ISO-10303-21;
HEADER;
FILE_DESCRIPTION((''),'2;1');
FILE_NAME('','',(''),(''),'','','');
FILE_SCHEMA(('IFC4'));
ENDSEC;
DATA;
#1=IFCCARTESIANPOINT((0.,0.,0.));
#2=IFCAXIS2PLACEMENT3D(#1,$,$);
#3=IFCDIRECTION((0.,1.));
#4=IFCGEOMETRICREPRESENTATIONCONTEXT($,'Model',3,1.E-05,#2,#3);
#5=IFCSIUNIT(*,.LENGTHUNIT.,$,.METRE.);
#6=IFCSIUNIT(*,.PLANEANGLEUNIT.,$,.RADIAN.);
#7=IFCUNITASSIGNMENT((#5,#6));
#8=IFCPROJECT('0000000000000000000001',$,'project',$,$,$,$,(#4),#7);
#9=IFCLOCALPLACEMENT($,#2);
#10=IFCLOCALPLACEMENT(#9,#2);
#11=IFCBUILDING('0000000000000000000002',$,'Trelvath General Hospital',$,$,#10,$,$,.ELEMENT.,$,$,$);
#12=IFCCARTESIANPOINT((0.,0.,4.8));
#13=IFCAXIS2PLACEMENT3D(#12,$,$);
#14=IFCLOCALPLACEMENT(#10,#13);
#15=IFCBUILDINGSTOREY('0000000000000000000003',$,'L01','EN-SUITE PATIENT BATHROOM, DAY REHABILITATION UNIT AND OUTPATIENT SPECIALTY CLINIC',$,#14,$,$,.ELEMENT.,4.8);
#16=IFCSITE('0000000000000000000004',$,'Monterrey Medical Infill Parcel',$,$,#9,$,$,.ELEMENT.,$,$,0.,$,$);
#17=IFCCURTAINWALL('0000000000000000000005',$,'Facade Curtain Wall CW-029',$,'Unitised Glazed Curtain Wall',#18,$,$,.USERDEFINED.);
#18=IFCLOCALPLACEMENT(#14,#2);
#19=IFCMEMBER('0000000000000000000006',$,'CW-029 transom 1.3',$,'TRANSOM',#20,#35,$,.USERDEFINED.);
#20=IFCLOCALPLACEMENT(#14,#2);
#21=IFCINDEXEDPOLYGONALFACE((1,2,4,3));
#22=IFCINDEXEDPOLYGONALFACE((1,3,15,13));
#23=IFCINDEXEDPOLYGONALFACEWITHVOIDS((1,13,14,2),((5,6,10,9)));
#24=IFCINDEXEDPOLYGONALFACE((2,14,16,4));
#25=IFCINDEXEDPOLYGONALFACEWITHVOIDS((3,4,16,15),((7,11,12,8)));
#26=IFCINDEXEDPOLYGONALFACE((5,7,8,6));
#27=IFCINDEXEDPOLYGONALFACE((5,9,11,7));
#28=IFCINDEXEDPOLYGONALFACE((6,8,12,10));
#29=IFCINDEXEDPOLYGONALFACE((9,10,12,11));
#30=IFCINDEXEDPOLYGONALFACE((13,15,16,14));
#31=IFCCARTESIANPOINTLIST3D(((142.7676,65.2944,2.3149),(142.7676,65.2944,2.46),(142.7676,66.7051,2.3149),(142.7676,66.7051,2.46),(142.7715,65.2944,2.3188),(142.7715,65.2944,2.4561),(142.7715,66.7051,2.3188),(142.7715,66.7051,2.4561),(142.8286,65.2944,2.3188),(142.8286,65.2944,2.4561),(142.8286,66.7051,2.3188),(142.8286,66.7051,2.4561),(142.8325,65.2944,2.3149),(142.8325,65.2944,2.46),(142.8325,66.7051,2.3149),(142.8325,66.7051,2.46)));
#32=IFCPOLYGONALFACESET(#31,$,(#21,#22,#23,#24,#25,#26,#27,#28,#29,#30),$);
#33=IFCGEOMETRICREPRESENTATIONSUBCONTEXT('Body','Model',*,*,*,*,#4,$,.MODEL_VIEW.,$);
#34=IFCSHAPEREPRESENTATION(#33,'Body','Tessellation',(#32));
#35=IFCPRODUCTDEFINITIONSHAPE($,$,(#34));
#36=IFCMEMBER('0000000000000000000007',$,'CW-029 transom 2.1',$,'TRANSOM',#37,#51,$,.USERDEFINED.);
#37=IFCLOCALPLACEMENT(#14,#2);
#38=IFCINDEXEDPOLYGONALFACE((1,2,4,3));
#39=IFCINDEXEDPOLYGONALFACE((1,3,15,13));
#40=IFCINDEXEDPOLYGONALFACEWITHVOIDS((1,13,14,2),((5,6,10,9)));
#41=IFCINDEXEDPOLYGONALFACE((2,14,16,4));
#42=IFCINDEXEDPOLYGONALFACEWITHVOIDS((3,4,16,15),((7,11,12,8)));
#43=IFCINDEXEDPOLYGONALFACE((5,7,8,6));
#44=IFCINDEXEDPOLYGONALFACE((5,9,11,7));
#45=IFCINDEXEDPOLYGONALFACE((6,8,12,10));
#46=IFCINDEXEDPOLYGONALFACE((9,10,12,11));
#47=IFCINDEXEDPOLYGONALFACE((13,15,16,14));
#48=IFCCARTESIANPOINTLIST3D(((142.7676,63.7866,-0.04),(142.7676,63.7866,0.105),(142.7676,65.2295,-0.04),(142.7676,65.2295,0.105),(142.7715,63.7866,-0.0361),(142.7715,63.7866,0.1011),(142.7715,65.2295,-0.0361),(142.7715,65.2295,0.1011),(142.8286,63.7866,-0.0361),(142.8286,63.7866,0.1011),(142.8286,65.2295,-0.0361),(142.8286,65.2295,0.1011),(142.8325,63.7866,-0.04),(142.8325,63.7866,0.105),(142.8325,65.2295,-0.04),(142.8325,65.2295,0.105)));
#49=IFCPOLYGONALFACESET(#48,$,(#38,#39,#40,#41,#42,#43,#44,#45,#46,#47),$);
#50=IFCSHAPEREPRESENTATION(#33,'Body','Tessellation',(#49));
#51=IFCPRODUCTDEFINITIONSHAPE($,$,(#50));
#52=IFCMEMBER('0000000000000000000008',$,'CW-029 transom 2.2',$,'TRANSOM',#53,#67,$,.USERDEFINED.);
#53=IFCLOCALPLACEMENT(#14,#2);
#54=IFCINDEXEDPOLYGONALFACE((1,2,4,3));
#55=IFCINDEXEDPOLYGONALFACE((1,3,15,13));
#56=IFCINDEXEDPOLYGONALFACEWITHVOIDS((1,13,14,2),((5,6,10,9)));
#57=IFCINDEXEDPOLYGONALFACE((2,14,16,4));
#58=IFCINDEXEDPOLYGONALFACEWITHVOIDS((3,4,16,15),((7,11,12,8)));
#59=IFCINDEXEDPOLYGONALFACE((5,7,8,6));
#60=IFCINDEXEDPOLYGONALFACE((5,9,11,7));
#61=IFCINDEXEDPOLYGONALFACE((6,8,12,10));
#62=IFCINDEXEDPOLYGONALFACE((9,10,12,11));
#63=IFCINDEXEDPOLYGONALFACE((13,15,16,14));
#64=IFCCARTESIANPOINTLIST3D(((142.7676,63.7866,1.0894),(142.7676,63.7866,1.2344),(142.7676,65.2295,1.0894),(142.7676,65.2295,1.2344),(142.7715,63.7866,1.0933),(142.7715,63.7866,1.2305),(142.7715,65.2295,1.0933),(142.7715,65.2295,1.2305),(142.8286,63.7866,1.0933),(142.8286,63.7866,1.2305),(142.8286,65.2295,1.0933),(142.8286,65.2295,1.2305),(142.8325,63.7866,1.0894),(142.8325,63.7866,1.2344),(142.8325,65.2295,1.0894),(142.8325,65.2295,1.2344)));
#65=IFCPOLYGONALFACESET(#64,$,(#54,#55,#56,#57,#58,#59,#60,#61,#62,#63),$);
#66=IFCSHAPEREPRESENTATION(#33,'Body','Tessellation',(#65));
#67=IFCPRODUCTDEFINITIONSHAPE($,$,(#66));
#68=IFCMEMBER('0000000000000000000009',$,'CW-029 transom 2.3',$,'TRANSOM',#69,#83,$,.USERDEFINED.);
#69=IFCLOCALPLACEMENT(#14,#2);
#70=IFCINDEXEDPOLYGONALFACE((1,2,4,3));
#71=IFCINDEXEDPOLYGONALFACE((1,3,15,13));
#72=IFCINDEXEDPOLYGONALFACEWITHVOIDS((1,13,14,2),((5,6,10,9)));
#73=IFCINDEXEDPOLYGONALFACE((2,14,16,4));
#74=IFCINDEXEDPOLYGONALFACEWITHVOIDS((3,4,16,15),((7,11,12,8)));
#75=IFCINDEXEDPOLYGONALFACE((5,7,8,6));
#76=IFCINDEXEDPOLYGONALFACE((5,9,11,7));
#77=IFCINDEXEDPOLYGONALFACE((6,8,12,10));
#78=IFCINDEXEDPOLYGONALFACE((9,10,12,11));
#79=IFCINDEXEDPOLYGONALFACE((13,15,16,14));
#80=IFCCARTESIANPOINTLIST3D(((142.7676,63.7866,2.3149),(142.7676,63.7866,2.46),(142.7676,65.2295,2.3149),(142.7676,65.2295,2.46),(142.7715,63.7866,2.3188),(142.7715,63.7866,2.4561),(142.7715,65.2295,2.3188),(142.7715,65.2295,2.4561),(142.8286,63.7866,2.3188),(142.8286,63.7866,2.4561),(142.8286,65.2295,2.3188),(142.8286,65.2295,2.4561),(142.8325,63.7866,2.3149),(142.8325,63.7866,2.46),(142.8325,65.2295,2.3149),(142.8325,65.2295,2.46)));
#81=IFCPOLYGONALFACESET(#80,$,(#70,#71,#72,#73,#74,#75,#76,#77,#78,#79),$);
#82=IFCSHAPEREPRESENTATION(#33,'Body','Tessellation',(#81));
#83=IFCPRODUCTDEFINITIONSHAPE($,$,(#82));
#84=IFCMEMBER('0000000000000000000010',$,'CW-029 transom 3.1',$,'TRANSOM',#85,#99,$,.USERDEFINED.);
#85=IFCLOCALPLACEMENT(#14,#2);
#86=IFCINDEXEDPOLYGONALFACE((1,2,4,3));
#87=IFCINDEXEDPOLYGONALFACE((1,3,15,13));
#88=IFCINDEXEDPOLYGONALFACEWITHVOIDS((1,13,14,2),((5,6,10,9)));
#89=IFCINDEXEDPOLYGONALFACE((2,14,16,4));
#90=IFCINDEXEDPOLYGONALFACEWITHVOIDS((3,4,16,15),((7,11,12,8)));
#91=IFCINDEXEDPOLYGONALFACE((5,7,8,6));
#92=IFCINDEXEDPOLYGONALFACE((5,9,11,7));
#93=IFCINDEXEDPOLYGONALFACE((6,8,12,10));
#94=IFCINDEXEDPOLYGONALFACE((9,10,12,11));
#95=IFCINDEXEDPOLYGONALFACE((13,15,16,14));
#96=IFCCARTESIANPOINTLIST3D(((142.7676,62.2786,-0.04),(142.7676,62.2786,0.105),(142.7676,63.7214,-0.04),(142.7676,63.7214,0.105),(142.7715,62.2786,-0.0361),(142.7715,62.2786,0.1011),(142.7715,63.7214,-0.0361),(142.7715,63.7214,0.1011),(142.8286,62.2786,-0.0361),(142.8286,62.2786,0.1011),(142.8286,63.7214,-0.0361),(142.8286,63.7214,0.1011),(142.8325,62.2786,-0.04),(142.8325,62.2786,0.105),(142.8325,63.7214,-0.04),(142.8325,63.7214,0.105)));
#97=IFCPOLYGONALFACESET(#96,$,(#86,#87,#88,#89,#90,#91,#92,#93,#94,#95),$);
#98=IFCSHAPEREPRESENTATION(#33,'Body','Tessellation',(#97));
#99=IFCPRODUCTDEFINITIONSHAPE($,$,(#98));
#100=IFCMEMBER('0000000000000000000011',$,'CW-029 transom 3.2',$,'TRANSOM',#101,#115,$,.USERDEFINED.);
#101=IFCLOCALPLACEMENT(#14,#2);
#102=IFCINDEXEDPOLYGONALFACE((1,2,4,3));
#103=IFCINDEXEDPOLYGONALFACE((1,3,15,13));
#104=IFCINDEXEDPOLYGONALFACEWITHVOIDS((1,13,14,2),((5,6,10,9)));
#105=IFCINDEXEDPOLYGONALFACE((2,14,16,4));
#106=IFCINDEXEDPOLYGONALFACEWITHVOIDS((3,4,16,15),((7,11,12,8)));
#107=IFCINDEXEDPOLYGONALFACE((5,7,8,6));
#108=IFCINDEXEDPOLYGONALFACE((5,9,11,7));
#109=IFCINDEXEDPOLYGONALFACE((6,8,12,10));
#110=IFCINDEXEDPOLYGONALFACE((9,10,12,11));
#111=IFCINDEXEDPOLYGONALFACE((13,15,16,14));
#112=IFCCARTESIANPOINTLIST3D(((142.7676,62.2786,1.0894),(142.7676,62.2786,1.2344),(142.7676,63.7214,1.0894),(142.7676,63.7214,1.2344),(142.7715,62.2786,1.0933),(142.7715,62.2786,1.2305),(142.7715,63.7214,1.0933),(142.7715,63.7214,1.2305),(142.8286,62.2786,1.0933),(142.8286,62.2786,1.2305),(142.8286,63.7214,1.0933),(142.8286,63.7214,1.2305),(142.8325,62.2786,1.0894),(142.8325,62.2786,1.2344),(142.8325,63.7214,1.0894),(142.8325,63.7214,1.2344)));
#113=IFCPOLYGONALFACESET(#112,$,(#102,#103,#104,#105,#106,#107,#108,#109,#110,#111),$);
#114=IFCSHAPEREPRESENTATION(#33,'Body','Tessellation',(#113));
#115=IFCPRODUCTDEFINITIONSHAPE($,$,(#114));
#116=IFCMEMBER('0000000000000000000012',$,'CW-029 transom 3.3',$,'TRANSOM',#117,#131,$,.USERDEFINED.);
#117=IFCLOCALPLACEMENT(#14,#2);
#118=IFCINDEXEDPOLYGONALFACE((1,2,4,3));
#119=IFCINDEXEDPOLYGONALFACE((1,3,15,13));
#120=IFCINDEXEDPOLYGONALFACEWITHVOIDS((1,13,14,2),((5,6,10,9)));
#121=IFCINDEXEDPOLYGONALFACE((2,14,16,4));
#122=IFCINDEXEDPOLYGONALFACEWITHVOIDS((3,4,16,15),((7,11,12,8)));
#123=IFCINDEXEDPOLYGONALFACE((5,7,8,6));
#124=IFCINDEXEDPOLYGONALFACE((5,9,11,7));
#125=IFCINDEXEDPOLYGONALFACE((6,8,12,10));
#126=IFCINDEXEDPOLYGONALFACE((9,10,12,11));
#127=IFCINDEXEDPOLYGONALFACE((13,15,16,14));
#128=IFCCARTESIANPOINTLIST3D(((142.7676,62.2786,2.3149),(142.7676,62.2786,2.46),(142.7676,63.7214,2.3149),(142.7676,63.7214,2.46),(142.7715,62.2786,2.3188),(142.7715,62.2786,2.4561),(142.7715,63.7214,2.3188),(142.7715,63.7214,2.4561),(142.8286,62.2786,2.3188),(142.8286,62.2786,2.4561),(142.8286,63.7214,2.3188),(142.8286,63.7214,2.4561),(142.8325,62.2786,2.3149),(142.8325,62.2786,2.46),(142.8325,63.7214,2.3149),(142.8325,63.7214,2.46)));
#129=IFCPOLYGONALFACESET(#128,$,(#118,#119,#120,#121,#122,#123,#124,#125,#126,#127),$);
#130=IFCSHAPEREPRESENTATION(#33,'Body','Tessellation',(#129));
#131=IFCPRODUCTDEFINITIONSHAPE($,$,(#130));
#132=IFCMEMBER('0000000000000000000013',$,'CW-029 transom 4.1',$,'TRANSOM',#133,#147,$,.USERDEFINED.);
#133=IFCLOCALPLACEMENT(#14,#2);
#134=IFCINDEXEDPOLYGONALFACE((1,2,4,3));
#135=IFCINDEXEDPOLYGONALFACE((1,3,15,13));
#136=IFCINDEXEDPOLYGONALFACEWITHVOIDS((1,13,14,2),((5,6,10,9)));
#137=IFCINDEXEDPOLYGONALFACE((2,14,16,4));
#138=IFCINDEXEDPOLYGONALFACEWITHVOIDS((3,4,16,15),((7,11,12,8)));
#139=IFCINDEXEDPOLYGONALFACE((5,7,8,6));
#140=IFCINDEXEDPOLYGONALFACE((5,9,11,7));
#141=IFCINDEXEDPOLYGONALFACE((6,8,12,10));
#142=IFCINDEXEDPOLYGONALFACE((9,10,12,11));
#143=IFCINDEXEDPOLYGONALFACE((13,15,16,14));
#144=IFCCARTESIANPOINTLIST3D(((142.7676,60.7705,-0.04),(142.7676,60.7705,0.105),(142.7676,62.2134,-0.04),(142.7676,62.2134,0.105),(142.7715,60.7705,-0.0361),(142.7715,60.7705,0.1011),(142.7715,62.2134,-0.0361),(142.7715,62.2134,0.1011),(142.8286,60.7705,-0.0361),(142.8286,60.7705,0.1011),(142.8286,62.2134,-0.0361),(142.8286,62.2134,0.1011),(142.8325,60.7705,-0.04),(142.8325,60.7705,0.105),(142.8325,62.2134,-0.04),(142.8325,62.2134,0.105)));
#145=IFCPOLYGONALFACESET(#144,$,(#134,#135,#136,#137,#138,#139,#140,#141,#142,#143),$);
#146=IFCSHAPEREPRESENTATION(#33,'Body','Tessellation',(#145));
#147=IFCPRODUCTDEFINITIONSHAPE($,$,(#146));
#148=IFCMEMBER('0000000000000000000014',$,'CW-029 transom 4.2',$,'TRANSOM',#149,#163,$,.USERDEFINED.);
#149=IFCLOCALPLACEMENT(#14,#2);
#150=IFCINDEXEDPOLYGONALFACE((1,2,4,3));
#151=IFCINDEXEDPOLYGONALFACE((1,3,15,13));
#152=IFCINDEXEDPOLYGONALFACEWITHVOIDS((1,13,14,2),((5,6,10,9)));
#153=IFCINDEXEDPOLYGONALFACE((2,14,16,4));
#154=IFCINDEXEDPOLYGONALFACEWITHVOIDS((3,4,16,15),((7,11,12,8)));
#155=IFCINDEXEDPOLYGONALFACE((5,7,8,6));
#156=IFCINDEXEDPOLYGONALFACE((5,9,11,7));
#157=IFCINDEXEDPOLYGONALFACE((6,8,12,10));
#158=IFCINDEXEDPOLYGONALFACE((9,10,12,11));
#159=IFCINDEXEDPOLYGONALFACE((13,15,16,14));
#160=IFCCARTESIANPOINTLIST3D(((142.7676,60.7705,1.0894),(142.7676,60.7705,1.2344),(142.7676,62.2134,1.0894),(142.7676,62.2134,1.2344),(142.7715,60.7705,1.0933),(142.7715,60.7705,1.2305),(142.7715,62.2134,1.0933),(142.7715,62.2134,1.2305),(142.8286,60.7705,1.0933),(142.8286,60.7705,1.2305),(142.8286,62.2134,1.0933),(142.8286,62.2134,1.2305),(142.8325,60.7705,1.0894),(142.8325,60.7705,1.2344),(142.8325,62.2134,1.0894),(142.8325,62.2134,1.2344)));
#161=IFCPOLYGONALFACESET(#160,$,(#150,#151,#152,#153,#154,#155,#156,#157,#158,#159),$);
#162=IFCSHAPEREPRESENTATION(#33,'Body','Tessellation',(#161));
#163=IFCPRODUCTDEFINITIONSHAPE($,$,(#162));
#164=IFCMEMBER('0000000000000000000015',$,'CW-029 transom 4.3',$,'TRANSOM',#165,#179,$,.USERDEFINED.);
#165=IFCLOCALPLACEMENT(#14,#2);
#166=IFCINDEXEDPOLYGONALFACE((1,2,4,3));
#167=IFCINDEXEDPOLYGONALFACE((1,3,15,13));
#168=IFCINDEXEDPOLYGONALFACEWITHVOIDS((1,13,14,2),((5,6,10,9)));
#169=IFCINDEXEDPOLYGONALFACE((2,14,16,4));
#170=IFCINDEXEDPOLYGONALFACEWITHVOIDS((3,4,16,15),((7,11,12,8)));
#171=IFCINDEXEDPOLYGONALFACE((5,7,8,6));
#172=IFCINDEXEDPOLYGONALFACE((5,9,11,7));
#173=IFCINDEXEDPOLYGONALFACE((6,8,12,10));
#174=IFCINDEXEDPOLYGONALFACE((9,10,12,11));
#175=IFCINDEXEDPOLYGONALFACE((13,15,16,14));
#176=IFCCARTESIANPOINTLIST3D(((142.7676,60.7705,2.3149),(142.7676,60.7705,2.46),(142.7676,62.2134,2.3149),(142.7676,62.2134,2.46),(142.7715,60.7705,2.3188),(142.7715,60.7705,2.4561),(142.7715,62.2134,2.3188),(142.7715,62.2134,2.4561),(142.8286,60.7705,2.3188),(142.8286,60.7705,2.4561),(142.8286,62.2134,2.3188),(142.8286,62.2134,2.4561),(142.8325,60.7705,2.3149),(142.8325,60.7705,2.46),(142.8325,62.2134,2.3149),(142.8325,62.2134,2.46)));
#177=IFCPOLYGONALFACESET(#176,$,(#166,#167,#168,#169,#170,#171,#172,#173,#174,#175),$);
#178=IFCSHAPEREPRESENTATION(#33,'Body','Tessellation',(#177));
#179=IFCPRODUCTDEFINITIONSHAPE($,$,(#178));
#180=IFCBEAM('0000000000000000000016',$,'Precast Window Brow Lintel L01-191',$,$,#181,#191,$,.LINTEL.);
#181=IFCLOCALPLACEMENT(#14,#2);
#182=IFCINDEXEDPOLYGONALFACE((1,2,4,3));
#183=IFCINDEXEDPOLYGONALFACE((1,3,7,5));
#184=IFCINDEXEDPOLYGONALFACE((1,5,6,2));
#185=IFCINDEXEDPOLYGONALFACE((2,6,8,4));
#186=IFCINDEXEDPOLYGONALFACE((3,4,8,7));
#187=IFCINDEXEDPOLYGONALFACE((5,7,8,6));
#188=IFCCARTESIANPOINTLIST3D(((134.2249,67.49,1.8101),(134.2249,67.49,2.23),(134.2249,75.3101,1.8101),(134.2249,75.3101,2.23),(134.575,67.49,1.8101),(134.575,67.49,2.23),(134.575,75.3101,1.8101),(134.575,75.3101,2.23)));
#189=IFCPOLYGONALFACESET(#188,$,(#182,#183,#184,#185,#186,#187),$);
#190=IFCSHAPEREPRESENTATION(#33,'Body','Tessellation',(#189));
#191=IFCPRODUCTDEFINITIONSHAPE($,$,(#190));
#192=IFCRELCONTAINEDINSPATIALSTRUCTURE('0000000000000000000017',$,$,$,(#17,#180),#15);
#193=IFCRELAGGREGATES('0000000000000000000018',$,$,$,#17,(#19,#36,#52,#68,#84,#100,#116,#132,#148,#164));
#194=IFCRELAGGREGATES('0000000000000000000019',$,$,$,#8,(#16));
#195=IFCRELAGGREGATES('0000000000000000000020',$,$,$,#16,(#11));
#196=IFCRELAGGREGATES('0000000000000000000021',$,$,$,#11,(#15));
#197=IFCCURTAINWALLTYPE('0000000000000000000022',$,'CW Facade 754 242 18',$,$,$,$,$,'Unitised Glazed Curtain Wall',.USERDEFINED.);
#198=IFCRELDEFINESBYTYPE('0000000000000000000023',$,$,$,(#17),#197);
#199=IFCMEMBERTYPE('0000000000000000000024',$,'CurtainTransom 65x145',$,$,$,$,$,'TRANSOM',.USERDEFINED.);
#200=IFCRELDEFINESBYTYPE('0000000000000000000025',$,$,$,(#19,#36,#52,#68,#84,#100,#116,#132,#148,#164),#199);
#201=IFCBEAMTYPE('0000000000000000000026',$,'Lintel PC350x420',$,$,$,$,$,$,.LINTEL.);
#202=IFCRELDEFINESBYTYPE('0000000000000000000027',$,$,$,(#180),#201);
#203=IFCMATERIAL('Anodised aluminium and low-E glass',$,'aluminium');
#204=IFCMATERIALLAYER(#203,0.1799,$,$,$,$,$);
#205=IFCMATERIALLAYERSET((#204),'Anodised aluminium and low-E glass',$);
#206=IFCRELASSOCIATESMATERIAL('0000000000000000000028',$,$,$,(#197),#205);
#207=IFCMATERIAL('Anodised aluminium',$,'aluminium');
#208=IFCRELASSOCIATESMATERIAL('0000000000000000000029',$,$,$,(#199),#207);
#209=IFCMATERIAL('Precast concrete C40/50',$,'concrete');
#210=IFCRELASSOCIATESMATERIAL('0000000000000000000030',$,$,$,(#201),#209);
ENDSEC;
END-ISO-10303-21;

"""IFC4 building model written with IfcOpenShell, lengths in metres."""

from ifc_helpers import new_model, si_unit, direction, frame, origin, origin_2d, place, context, subcontext, project, spatial, rectangle, hollow_rectangle, extrude, material, layer, layer_set, material_profile, profile_set, type_object, element, aggregate, save


model = new_model("IFC4")

# Units and contexts
model_context = context("Model", 3, precision=1e-05, world=origin(), true_north=direction((0.0, 1.0)))
body_context = subcontext(model_context, "Body", "Model", "MODEL_VIEW")
ifc_project = project(units=[si_unit("LENGTHUNIT", "METRE"), si_unit("PLANEANGLEUNIT", "RADIAN")], contexts=[model_context])

# Site, building, storey
site_placement = place(None, origin())
site = spatial("IfcSite", under=ifc_project, at=site_placement, Name="Monterrey Medical Infill Parcel", CompositionType="ELEMENT", RefElevation=0.0)
building_placement = place(site_placement, origin())
building = spatial("IfcBuilding", under=site, at=building_placement, Name="Trelvath General Hospital", CompositionType="ELEMENT")
storey_placement = place(building_placement, frame((0.0, 0.0, 4.8)))
storey = spatial("IfcBuildingStorey", under=building, at=storey_placement, Name="L01", Description="EN-SUITE PATIENT BATHROOM, DAY REHABILITATION UNIT AND OUTPATIENT SPECIALTY CLINIC", CompositionType="ELEMENT", Elevation=4.8)

# Curtain wall, members
ifc_material_1 = material(Name="Anodised aluminium and low-E glass", Category="aluminium")
ifc_layer_1 = layer(ifc_material_1, 0.1799)
ifc_layer_set_1 = layer_set([ifc_layer_1], Name="Anodised aluminium and low-E glass")
curtain_wall_type = type_object("IfcCurtainWallType", Name="CW Facade 754 242 18", ElementType="Unitised Glazed Curtain Wall", PredefinedType="USERDEFINED", material=ifc_layer_set_1)
curtain_wall_placement = place(storey_placement, origin())
curtain_wall = element("IfcCurtainWall", 1, at=curtain_wall_placement, inside=storey, type_object=curtain_wall_type, Name="Facade Curtain Wall CW-029", ObjectType="Unitised Glazed Curtain Wall", PredefinedType="USERDEFINED")
ifc_material_2 = material(Name="Anodised aluminium", Category="aluminium")
ifc_material_profile_1 = material_profile(ifc_material_2, hollow_rectangle(XDim=0.0649, YDim=0.145, WallThickness=0.0039, at=origin_2d()), Name="RHS65x145x4")
ifc_profile_set_1 = profile_set([ifc_material_profile_1], Name="Anodised aluminium")
member_type_1 = type_object("IfcMemberType", Name="CurtainTransom 65x145", ElementType="TRANSOM", PredefinedType="USERDEFINED", material=ifc_profile_set_1)
member_1_placement = place(storey_placement, frame((142.8, 66.7051, 2.3875), z_axis=(0.0, -1.0, 0.0), x_axis=(1.0, 0.0, 0.0)))
member_1 = element("IfcMember", 2, at=member_1_placement, type_object=member_type_1, Name="CW-029 transom 1.3", ObjectType="TRANSOM", PredefinedType="USERDEFINED", context=body_context, shape_type="SweptSolid", body=[
    extrude(hollow_rectangle(XDim=0.0649, YDim=0.145, WallThickness=0.0039, at=origin_2d()), origin(), (0.0, 0.0, 1.0), 1.4106),
])
member_2_placement = place(storey_placement, frame((142.8, 65.2295, 0.0325), z_axis=(0.0, -1.0, 0.0), x_axis=(1.0, 0.0, 0.0)))
member_2 = element("IfcMember", 3, at=member_2_placement, type_object=member_type_1, Name="CW-029 transom 2.1", ObjectType="TRANSOM", PredefinedType="USERDEFINED", context=body_context, shape_type="SweptSolid", body=[
    extrude(hollow_rectangle(XDim=0.0649, YDim=0.145, WallThickness=0.0039, at=origin_2d()), origin(), (0.0, 0.0, 1.0), 1.4429),
])
member_3_placement = place(storey_placement, frame((142.8, 65.2295, 1.1619), z_axis=(0.0, -1.0, 0.0), x_axis=(1.0, 0.0, 0.0)))
member_3 = element("IfcMember", 4, at=member_3_placement, type_object=member_type_1, Name="CW-029 transom 2.2", ObjectType="TRANSOM", PredefinedType="USERDEFINED", context=body_context, shape_type="SweptSolid", body=[
    extrude(hollow_rectangle(XDim=0.0649, YDim=0.145, WallThickness=0.0039, at=origin_2d()), origin(), (0.0, 0.0, 1.0), 1.4429),
])
member_4_placement = place(storey_placement, frame((142.8, 65.2295, 2.3875), z_axis=(0.0, -1.0, 0.0), x_axis=(1.0, 0.0, 0.0)))
member_4 = element("IfcMember", 5, at=member_4_placement, type_object=member_type_1, Name="CW-029 transom 2.3", ObjectType="TRANSOM", PredefinedType="USERDEFINED", context=body_context, shape_type="SweptSolid", body=[
    extrude(hollow_rectangle(XDim=0.0649, YDim=0.145, WallThickness=0.0039, at=origin_2d()), origin(), (0.0, 0.0, 1.0), 1.4429),
])
member_5_placement = place(storey_placement, frame((142.8, 63.7214, 0.0325), z_axis=(0.0, -1.0, 0.0), x_axis=(1.0, 0.0, 0.0)))
member_5 = element("IfcMember", 6, at=member_5_placement, type_object=member_type_1, Name="CW-029 transom 3.1", ObjectType="TRANSOM", PredefinedType="USERDEFINED", context=body_context, shape_type="SweptSolid", body=[
    extrude(hollow_rectangle(XDim=0.0649, YDim=0.145, WallThickness=0.0039, at=origin_2d()), origin(), (0.0, 0.0, 1.0), 1.4429),
])
member_6_placement = place(storey_placement, frame((142.8, 63.7214, 1.1619), z_axis=(0.0, -1.0, 0.0), x_axis=(1.0, 0.0, 0.0)))
member_6 = element("IfcMember", 7, at=member_6_placement, type_object=member_type_1, Name="CW-029 transom 3.2", ObjectType="TRANSOM", PredefinedType="USERDEFINED", context=body_context, shape_type="SweptSolid", body=[
    extrude(hollow_rectangle(XDim=0.0649, YDim=0.145, WallThickness=0.0039, at=origin_2d()), origin(), (0.0, 0.0, 1.0), 1.4429),
])
member_7_placement = place(storey_placement, frame((142.8, 63.7214, 2.3875), z_axis=(0.0, -1.0, 0.0), x_axis=(1.0, 0.0, 0.0)))
member_7 = element("IfcMember", 8, at=member_7_placement, type_object=member_type_1, Name="CW-029 transom 3.3", ObjectType="TRANSOM", PredefinedType="USERDEFINED", context=body_context, shape_type="SweptSolid", body=[
    extrude(hollow_rectangle(XDim=0.0649, YDim=0.145, WallThickness=0.0039, at=origin_2d()), origin(), (0.0, 0.0, 1.0), 1.4429),
])
member_8_placement = place(storey_placement, frame((142.8, 62.2134, 0.0325), z_axis=(0.0, -1.0, 0.0), x_axis=(1.0, 0.0, 0.0)))
member_8 = element("IfcMember", 9, at=member_8_placement, type_object=member_type_1, Name="CW-029 transom 4.1", ObjectType="TRANSOM", PredefinedType="USERDEFINED", context=body_context, shape_type="SweptSolid", body=[
    extrude(hollow_rectangle(XDim=0.0649, YDim=0.145, WallThickness=0.0039, at=origin_2d()), origin(), (0.0, 0.0, 1.0), 1.4429),
])
member_9_placement = place(storey_placement, frame((142.8, 62.2134, 1.1619), z_axis=(0.0, -1.0, 0.0), x_axis=(1.0, 0.0, 0.0)))
member_9 = element("IfcMember", 10, at=member_9_placement, type_object=member_type_1, Name="CW-029 transom 4.2", ObjectType="TRANSOM", PredefinedType="USERDEFINED", context=body_context, shape_type="SweptSolid", body=[
    extrude(hollow_rectangle(XDim=0.0649, YDim=0.145, WallThickness=0.0039, at=origin_2d()), origin(), (0.0, 0.0, 1.0), 1.4429),
])
member_10_placement = place(storey_placement, frame((142.8, 62.2134, 2.3875), z_axis=(0.0, -1.0, 0.0), x_axis=(1.0, 0.0, 0.0)))
member_10 = element("IfcMember", 11, at=member_10_placement, type_object=member_type_1, Name="CW-029 transom 4.3", ObjectType="TRANSOM", PredefinedType="USERDEFINED", context=body_context, shape_type="SweptSolid", body=[
    extrude(hollow_rectangle(XDim=0.0649, YDim=0.145, WallThickness=0.0039, at=origin_2d()), origin(), (0.0, 0.0, 1.0), 1.4429),
])

# Beam
ifc_material_3 = material(Name="Precast concrete C40/50", Category="concrete")
ifc_material_profile_2 = material_profile(ifc_material_3, rectangle(XDim=0.3501, YDim=0.4199, at=origin_2d()), Name="PCL350x420")
ifc_profile_set_2 = profile_set([ifc_material_profile_2], Name="Precast concrete C40/50")
beam_type_1 = type_object("IfcBeamType", Name="Lintel PC350x420", PredefinedType="LINTEL", material=ifc_profile_set_2)
beam_1_placement = place(storey_placement, frame((134.3999, 67.49, 2.02), z_axis=(0.0, 1.0, 0.0), x_axis=(-1.0, 0.0, 0.0)))
element("IfcBeam", 12, at=beam_1_placement, inside=storey, type_object=beam_type_1, Name="Precast Window Brow Lintel L01-191", PredefinedType="LINTEL", context=body_context, shape_type="SweptSolid", body=[
    extrude(rectangle(XDim=0.3501, YDim=0.4199, at=origin_2d()), origin(), (0.0, 0.0, 1.0), 7.8201),
])

aggregate(curtain_wall, [member_1, member_2, member_3, member_4, member_5, member_6, member_7, member_8, member_9, member_10])

save(model, "model.ifc")
